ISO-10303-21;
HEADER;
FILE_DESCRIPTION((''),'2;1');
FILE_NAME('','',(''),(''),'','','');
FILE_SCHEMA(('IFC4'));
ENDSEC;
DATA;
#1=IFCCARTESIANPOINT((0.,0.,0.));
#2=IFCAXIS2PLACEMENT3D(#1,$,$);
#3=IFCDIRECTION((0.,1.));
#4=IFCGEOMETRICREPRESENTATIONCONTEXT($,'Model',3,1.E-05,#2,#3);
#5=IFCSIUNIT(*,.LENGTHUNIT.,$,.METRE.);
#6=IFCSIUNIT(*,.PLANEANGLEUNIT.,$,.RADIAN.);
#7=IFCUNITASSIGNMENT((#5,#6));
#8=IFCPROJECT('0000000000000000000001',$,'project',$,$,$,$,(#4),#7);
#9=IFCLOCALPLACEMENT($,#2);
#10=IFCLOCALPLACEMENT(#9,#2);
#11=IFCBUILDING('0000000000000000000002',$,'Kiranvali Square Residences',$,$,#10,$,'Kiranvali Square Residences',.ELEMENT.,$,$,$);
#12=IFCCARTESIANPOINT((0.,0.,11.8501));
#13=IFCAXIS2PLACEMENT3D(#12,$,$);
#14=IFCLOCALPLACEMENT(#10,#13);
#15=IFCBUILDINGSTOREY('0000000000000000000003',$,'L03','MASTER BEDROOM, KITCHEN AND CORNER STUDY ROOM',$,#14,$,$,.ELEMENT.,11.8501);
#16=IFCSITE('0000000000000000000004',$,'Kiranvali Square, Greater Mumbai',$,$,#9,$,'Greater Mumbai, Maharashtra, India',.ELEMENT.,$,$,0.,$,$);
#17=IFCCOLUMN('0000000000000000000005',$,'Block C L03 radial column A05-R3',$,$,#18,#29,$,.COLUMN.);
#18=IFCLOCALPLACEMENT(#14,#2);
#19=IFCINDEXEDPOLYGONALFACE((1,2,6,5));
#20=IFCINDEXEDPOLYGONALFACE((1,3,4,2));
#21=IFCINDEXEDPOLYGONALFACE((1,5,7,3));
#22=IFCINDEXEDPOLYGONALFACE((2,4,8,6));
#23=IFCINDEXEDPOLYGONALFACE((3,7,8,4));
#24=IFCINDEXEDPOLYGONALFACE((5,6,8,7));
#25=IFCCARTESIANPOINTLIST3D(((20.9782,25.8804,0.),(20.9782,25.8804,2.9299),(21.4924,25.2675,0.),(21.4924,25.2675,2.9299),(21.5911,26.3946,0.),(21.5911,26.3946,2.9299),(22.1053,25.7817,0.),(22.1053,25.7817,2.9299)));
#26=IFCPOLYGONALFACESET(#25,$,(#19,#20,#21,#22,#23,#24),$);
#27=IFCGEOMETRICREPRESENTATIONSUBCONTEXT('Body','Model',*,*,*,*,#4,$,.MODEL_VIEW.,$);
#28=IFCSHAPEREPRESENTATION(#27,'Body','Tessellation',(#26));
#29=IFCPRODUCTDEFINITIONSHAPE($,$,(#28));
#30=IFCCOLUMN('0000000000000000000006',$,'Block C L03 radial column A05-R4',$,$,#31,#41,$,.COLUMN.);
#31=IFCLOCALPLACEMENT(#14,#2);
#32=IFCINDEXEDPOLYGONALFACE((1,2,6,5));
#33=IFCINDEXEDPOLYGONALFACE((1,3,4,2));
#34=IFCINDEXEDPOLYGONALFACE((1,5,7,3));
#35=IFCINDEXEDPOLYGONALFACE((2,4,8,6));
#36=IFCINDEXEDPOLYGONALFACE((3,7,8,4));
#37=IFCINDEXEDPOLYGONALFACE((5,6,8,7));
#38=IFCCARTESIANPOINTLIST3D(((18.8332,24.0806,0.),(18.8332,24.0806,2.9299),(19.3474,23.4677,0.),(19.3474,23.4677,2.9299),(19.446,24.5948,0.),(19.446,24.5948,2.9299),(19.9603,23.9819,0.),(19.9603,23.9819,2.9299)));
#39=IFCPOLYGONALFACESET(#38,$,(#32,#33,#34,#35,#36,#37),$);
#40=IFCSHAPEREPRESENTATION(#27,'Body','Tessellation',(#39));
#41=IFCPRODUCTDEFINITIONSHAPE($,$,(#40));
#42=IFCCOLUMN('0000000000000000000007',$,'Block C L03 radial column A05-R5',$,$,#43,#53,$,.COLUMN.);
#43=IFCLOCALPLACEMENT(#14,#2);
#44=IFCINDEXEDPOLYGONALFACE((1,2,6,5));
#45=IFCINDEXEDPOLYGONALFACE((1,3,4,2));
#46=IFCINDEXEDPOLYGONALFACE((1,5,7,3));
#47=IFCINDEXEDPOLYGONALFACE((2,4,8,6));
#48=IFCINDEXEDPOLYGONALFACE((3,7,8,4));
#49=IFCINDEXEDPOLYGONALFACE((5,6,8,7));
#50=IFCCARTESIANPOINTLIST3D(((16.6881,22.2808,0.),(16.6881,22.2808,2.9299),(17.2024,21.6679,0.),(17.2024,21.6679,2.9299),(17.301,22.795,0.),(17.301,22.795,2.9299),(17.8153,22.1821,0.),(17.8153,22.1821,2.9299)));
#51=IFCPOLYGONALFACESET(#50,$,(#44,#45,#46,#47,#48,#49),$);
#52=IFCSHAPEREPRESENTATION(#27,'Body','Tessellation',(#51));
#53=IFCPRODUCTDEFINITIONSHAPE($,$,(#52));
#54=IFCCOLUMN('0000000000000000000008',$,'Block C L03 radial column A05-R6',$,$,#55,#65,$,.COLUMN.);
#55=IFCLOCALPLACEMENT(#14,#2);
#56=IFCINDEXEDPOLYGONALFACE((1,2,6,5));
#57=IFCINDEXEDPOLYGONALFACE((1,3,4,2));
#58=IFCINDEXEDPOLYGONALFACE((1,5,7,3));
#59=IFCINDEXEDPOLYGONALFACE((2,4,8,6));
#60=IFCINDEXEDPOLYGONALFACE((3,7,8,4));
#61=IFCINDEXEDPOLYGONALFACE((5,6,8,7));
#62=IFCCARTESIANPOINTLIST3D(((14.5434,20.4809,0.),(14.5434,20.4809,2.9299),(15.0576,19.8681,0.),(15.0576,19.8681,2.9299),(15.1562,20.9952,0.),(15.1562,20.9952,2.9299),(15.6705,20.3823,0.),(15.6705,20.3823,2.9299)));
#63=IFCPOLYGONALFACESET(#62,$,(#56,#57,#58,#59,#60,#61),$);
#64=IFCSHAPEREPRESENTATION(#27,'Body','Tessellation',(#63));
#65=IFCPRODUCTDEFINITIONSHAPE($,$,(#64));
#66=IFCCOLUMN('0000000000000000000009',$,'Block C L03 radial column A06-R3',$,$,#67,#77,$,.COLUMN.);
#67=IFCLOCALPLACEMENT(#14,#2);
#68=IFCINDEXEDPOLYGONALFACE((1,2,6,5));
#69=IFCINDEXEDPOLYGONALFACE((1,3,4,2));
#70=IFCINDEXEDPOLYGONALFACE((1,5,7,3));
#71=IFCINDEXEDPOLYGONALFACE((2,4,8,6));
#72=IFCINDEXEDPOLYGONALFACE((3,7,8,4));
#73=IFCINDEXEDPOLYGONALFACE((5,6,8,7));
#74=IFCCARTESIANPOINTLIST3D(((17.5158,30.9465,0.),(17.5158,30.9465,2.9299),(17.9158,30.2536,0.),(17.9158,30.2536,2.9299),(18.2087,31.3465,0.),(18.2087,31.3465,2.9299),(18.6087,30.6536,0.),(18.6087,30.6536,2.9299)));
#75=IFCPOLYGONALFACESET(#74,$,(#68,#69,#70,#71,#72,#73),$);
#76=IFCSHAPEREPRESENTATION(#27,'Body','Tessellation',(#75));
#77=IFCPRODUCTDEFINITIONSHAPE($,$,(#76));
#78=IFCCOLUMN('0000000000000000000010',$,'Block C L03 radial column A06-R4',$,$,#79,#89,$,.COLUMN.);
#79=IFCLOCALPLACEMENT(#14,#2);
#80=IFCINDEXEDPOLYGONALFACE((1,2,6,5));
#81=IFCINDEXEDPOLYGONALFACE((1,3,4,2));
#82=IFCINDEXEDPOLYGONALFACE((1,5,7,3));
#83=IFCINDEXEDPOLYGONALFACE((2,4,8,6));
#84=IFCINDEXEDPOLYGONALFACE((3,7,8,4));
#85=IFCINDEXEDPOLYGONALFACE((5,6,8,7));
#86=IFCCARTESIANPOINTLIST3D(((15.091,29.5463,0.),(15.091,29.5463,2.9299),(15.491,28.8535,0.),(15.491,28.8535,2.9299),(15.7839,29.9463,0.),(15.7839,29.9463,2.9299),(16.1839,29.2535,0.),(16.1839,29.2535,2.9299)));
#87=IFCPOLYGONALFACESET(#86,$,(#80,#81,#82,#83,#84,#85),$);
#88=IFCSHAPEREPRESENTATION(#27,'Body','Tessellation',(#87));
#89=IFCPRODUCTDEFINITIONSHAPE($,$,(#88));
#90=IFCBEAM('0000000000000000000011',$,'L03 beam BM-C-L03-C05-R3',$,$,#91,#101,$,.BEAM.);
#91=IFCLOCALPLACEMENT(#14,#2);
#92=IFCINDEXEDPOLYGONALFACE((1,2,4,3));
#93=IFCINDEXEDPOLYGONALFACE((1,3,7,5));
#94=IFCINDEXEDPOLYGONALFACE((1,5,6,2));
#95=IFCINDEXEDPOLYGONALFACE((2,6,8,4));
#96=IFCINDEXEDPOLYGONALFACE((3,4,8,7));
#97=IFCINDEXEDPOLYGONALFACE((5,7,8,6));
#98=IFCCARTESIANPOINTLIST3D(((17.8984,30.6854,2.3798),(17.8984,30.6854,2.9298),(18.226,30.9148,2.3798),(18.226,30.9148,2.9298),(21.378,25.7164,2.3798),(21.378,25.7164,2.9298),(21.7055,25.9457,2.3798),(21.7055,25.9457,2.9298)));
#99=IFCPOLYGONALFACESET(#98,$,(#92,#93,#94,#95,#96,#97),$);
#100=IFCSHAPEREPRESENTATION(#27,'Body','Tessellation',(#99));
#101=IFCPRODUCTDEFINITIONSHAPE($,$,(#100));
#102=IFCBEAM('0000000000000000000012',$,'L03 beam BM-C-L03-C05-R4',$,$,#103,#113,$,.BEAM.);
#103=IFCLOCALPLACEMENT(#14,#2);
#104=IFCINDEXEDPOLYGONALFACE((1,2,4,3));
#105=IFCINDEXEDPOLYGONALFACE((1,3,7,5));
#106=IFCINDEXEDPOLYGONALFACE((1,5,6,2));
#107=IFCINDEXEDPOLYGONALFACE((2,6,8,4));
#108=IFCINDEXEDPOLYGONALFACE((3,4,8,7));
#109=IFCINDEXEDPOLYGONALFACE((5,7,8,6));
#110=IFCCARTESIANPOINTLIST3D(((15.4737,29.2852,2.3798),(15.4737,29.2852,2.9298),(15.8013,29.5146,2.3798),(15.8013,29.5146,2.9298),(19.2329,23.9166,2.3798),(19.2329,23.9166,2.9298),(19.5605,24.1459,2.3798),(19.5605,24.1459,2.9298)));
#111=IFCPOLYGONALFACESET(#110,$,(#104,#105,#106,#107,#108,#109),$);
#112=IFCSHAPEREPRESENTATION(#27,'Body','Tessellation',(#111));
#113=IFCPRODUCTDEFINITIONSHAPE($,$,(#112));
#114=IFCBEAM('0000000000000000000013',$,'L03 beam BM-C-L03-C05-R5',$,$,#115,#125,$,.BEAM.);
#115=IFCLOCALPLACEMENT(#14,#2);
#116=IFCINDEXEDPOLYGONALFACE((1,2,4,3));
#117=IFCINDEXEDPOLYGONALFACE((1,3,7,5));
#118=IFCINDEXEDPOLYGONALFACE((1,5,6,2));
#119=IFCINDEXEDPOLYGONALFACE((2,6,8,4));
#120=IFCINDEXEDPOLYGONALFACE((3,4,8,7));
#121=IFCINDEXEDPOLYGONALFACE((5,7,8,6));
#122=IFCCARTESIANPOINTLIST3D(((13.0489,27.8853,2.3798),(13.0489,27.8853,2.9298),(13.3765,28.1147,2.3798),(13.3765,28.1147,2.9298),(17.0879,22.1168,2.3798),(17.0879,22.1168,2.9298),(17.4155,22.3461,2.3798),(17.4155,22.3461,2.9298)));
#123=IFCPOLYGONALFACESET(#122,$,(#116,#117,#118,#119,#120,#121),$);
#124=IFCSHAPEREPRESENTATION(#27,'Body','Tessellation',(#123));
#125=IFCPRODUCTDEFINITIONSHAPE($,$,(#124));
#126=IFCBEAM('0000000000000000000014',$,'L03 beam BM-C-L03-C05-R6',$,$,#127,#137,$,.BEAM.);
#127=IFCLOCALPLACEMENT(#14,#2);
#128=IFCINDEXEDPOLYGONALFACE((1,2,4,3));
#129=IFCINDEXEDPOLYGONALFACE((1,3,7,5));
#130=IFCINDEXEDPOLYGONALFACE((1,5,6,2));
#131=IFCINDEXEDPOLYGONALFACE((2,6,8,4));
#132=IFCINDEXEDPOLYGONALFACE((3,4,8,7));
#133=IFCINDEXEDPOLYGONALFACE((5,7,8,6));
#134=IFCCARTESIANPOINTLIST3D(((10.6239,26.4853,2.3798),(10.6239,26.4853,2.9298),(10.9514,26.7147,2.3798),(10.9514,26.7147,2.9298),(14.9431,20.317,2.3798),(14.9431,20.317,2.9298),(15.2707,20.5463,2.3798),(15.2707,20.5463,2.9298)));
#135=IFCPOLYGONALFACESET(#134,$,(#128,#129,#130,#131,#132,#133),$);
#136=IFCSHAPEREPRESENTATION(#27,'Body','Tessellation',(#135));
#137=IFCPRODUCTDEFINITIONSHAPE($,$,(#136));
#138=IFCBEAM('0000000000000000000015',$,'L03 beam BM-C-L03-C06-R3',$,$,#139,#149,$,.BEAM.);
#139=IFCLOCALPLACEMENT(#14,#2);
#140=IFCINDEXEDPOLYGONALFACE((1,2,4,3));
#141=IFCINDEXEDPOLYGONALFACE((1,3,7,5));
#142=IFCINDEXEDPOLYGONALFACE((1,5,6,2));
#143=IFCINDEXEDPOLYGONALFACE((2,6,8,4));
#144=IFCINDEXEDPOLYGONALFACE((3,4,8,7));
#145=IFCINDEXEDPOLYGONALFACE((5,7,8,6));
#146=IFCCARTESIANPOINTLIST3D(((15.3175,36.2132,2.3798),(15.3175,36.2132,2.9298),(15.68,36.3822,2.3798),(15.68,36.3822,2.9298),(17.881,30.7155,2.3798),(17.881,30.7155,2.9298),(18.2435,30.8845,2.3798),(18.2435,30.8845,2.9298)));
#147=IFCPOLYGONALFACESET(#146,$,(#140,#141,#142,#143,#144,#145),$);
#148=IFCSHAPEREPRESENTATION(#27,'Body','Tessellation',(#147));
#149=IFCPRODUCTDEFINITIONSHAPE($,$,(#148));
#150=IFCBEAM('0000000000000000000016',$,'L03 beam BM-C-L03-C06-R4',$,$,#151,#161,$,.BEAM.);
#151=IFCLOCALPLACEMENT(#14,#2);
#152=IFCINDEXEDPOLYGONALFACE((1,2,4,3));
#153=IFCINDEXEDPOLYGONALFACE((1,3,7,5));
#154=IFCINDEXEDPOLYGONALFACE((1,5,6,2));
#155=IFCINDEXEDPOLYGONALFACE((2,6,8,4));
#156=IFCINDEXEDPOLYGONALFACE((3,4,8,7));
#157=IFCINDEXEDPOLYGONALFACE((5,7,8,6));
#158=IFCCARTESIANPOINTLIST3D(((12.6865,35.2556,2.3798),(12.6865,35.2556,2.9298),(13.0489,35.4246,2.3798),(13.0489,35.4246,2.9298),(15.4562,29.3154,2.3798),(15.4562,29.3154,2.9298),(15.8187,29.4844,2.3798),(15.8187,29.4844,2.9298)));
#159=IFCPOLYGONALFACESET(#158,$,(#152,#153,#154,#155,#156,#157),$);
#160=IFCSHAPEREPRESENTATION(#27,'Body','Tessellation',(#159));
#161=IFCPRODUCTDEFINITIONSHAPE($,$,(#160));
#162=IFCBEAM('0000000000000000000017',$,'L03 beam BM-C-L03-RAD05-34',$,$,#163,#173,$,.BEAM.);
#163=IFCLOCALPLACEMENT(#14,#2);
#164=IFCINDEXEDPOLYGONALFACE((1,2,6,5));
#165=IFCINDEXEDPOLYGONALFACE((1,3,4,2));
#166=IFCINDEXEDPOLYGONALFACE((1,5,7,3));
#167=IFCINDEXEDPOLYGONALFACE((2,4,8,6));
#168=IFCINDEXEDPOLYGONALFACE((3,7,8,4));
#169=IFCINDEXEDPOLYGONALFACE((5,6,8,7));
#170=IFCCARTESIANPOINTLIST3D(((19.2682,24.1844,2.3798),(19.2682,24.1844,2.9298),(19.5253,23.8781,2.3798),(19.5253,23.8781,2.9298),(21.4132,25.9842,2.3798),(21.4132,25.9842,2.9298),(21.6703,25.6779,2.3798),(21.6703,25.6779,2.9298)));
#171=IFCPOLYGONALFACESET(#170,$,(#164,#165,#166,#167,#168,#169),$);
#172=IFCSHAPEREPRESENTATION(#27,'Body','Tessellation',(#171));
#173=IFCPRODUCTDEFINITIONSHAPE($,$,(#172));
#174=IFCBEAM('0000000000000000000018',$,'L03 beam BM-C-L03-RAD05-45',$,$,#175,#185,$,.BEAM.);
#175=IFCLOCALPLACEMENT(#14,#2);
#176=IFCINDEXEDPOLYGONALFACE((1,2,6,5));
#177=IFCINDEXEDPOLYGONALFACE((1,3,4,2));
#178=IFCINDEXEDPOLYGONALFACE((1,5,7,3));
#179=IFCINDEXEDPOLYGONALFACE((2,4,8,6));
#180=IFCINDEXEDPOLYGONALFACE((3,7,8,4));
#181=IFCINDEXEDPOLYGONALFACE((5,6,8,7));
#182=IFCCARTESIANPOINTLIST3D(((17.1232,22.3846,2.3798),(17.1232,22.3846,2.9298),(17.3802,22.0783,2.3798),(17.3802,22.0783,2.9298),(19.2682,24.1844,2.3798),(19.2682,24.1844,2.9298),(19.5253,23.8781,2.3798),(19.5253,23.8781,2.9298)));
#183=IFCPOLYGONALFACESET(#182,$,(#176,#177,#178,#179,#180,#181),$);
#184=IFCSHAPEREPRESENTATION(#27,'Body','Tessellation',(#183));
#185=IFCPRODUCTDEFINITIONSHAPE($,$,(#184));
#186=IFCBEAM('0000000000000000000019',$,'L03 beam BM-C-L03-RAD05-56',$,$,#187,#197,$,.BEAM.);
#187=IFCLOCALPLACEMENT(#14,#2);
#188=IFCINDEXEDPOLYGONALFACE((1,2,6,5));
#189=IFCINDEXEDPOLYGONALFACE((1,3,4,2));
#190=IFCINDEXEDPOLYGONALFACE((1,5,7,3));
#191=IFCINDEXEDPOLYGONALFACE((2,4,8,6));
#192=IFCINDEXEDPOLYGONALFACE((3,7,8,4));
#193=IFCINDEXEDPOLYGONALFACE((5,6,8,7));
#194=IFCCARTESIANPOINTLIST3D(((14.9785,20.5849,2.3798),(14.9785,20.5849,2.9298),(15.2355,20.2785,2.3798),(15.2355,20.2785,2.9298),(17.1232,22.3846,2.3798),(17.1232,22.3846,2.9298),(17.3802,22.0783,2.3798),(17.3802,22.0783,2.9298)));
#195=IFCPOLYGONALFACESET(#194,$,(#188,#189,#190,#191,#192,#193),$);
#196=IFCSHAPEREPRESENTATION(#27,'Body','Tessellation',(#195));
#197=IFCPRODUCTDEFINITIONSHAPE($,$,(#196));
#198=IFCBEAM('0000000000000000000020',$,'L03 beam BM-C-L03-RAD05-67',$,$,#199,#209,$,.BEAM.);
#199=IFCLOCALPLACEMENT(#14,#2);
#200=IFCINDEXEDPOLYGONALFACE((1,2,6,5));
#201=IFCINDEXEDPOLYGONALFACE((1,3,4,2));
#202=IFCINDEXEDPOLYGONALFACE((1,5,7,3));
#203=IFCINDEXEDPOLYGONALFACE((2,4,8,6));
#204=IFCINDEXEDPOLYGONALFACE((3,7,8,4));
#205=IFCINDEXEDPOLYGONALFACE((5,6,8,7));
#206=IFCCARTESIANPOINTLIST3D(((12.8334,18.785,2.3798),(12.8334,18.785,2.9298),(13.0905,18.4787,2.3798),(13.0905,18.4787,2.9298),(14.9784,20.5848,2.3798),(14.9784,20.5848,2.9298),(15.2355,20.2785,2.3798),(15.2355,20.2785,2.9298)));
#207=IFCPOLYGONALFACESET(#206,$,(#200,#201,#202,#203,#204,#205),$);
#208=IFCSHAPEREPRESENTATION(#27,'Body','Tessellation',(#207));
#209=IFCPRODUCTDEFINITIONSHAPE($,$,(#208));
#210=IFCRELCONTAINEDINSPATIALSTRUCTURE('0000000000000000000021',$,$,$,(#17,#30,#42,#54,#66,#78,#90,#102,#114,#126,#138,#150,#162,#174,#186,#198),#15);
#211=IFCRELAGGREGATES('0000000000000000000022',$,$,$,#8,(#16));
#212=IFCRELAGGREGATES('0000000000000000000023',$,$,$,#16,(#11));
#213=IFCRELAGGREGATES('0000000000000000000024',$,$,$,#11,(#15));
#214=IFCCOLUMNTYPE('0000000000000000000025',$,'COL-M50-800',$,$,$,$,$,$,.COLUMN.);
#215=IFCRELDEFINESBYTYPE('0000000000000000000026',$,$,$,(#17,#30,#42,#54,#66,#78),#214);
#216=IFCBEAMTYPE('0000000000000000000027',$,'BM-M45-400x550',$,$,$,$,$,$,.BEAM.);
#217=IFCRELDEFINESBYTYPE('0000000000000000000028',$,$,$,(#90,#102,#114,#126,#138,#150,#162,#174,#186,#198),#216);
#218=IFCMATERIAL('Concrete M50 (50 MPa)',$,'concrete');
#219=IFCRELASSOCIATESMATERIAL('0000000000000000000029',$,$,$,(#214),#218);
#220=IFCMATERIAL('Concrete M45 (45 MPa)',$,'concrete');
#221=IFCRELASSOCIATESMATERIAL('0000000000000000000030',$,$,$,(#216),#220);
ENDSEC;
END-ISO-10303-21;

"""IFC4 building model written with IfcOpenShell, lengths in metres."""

from ifc_helpers import new_model, si_unit, direction, frame, origin, origin_2d, place, context, subcontext, project, spatial, rectangle, extrude, material, material_profile, profile_set, type_object, element, save


model = new_model("IFC4")

# Units and contexts
model_context = context("Model", 3, precision=1e-05, world=origin(), true_north=direction((0.0, 1.0)))
body_context = subcontext(model_context, "Body", "Model", "MODEL_VIEW")
ifc_project = project(units=[si_unit("LENGTHUNIT", "METRE"), si_unit("PLANEANGLEUNIT", "RADIAN")], contexts=[model_context])

# Site, building, storey
site_placement = place(None, origin())
site = spatial("IfcSite", under=ifc_project, at=site_placement, Name="Kiranvali Square, Greater Mumbai", LongName="Greater Mumbai, Maharashtra, India", CompositionType="ELEMENT", RefElevation=0.0)
building_placement = place(site_placement, origin())
building = spatial("IfcBuilding", under=site, at=building_placement, Name="Kiranvali Square Residences", LongName="Kiranvali Square Residences", CompositionType="ELEMENT")
storey_placement = place(building_placement, frame((0.0, 0.0, 11.8501)))
storey = spatial("IfcBuildingStorey", under=building, at=storey_placement, Name="L03", Description="MASTER BEDROOM, KITCHEN AND CORNER STUDY ROOM", CompositionType="ELEMENT", Elevation=11.8501)

# Columns
ifc_material_1 = material(Name="Concrete M50 (50 MPa)", Category="concrete")
ifc_material_profile_1 = material_profile(ifc_material_1, rectangle(XDim=0.8, YDim=0.8, at=origin_2d()), Name="RC 800x800")
ifc_profile_set_1 = profile_set([ifc_material_profile_1], Name="Concrete M50 (50 MPa)")
column_type = type_object("IfcColumnType", Name="COL-M50-800", PredefinedType="COLUMN", material=ifc_profile_set_1)
for number, where, z_axis, x_axis, name in (
    (1, (21.5417, 25.8311, 0.0), (0.0, 0.0, 1.0), (-0.642788, 0.766044, 0.0), "Block C L03 radial column A05-R3"),
    (2, (19.3967, 24.0312, 0.0), (0.0, 0.0, 1.0), (-0.642788, 0.766044, 0.0), "Block C L03 radial column A05-R4"),
    (3, (17.2517, 22.2314, 0.0), (0.0, 0.0, 1.0), (-0.642788, 0.766044, 0.0), "Block C L03 radial column A05-R5"),
    (4, (15.1069, 20.4316, 0.0), (0.0, 0.0, 1.0), (-0.642788, 0.766044, 0.0), "Block C L03 radial column A05-R6"),
    (5, (18.0623, 30.8, 0.0), (0.0, 0.0, 1.0), (-0.5, 0.866025, 0.0), "Block C L03 radial column A06-R3"),
    (6, (15.6375, 29.3999, 0.0), (0.0, 0.0, 1.0), (-0.5, 0.866025, 0.0), "Block C L03 radial column A06-R4"),
):
    element("IfcColumn", number, at=place(storey_placement, frame(where, z_axis=z_axis, x_axis=x_axis)), inside=storey, type_object=column_type, Name=name, PredefinedType="COLUMN", context=body_context, shape_type="SweptSolid", body=[
        extrude(rectangle(XDim=0.8, YDim=0.8, at=origin_2d()), origin(), (0.0, 0.0, 1.0), 2.9299),
    ])

# Beams
ifc_material_2 = material(Name="Concrete M45 (45 MPa)", Category="concrete")
ifc_material_profile_2 = material_profile(ifc_material_2, rectangle(XDim=0.3999, YDim=0.55, at=origin_2d()), Name="RC 400x550")
ifc_profile_set_2 = profile_set([ifc_material_profile_2], Name="Concrete M45 (45 MPa)")
beam_type = type_object("IfcBeamType", Name="BM-M45-400x550", PredefinedType="BEAM", material=ifc_profile_set_2)
beam_1_placement = place(storey_placement, frame((21.5417, 25.8311, 2.6548), z_axis=(-0.573595, 0.819139, 0.0), x_axis=(-0.819139, -0.573595, 0.0)))
element("IfcBeam", 7, at=beam_1_placement, inside=storey, type_object=beam_type, Name="L03 beam BM-C-L03-C05-R3", PredefinedType="BEAM", context=body_context, shape_type="SweptSolid", body=[
    extrude(rectangle(XDim=0.3999, YDim=0.55, at=origin_2d()), origin(), (0.0, 0.0, 1.0), 6.0662),
])
beam_2_placement = place(storey_placement, frame((19.3967, 24.0312, 2.6548), z_axis=(-0.573587, 0.819144, 0.0), x_axis=(-0.819144, -0.573587, 0.0)))
element("IfcBeam", 8, at=beam_2_placement, inside=storey, type_object=beam_type, Name="L03 beam BM-C-L03-C05-R4", PredefinedType="BEAM", context=body_context, shape_type="SweptSolid", body=[
    extrude(rectangle(XDim=0.3999, YDim=0.55, at=origin_2d()), origin(), (0.0, 0.0, 1.0), 6.554),
])
beam_3_placement = place(storey_placement, frame((17.2517, 22.2314, 2.6548), z_axis=(-0.573565, 0.81916, 0.0), x_axis=(-0.81916, -0.573565, 0.0)))
element("IfcBeam", 9, at=beam_3_placement, inside=storey, type_object=beam_type, Name="L03 beam BM-C-L03-C05-R5", PredefinedType="BEAM", context=body_context, shape_type="SweptSolid", body=[
    extrude(rectangle(XDim=0.3999, YDim=0.55, at=origin_2d()), origin(), (0.0, 0.0, 1.0), 7.042),
])
beam_4_placement = place(storey_placement, frame((15.1069, 20.4316, 2.6548), z_axis=(-0.573589, 0.819144, 0.0), x_axis=(-0.819144, -0.573589, 0.0)))
element("IfcBeam", 10, at=beam_4_placement, inside=storey, type_object=beam_type, Name="L03 beam BM-C-L03-C05-R6", PredefinedType="BEAM", context=body_context, shape_type="SweptSolid", body=[
    extrude(rectangle(XDim=0.3999, YDim=0.55, at=origin_2d()), origin(), (0.0, 0.0, 1.0), 7.5303),
])
beam_5_placement = place(storey_placement, frame((18.0623, 30.8, 2.6548), z_axis=(-0.422608, 0.906313, 0.0), x_axis=(-0.906313, -0.422608, 0.0)))
element("IfcBeam", 11, at=beam_5_placement, inside=storey, type_object=beam_type, Name="L03 beam BM-C-L03-C06-R3", PredefinedType="BEAM", context=body_context, shape_type="SweptSolid", body=[
    extrude(rectangle(XDim=0.3999, YDim=0.55, at=origin_2d()), origin(), (0.0, 0.0, 1.0), 6.0659),
])
beam_6_placement = place(storey_placement, frame((15.6375, 29.3999, 2.6548), z_axis=(-0.422596, 0.906318, 0.0), x_axis=(-0.906318, -0.422596, 0.0)))
element("IfcBeam", 12, at=beam_6_placement, inside=storey, type_object=beam_type, Name="L03 beam BM-C-L03-C06-R4", PredefinedType="BEAM", context=body_context, shape_type="SweptSolid", body=[
    extrude(rectangle(XDim=0.3999, YDim=0.55, at=origin_2d()), origin(), (0.0, 0.0, 1.0), 6.5542),
])
for number, where, z_axis, x_axis, name in (
    (13, (21.5417, 25.8311, 2.6548), (-0.766059, -0.642771, 0.0), (0.642771, -0.766059, 0.0), "L03 beam BM-C-L03-RAD05-34"),
    (14, (19.3967, 24.0312, 2.6548), (-0.766059, -0.642771, 0.0), (0.642771, -0.766059, 0.0), "L03 beam BM-C-L03-RAD05-45"),
):
    element("IfcBeam", number, at=place(storey_placement, frame(where, z_axis=z_axis, x_axis=x_axis)), inside=storey, type_object=beam_type, Name=name, PredefinedType="BEAM", context=body_context, shape_type="SweptSolid", body=[
        extrude(rectangle(XDim=0.3999, YDim=0.55, at=origin_2d()), origin(), (0.0, 0.0, 1.0), 2.8),
    ])
beam_7_placement = place(storey_placement, frame((17.2517, 22.2314, 2.6548), z_axis=(-0.766023, -0.642814, 0.0), x_axis=(0.642814, -0.766023, 0.0)))
element("IfcBeam", 15, at=beam_7_placement, inside=storey, type_object=beam_type, Name="L03 beam BM-C-L03-RAD05-56", PredefinedType="BEAM", context=body_context, shape_type="SweptSolid", body=[
    extrude(rectangle(XDim=0.3999, YDim=0.55, at=origin_2d()), origin(), (0.0, 0.0, 1.0), 2.7998),
])
for number, where, z_axis, x_axis, name in (
    (16, (15.1069, 20.4316, 2.6548), (-0.766059, -0.642771, 0.0), (0.642771, -0.766059, 0.0), "L03 beam BM-C-L03-RAD05-67"),
):
    element("IfcBeam", number, at=place(storey_placement, frame(where, z_axis=z_axis, x_axis=x_axis)), inside=storey, type_object=beam_type, Name=name, PredefinedType="BEAM", context=body_context, shape_type="SweptSolid", body=[
        extrude(rectangle(XDim=0.3999, YDim=0.55, at=origin_2d()), origin(), (0.0, 0.0, 1.0), 2.8),
    ])

save(model, "model.ifc")
